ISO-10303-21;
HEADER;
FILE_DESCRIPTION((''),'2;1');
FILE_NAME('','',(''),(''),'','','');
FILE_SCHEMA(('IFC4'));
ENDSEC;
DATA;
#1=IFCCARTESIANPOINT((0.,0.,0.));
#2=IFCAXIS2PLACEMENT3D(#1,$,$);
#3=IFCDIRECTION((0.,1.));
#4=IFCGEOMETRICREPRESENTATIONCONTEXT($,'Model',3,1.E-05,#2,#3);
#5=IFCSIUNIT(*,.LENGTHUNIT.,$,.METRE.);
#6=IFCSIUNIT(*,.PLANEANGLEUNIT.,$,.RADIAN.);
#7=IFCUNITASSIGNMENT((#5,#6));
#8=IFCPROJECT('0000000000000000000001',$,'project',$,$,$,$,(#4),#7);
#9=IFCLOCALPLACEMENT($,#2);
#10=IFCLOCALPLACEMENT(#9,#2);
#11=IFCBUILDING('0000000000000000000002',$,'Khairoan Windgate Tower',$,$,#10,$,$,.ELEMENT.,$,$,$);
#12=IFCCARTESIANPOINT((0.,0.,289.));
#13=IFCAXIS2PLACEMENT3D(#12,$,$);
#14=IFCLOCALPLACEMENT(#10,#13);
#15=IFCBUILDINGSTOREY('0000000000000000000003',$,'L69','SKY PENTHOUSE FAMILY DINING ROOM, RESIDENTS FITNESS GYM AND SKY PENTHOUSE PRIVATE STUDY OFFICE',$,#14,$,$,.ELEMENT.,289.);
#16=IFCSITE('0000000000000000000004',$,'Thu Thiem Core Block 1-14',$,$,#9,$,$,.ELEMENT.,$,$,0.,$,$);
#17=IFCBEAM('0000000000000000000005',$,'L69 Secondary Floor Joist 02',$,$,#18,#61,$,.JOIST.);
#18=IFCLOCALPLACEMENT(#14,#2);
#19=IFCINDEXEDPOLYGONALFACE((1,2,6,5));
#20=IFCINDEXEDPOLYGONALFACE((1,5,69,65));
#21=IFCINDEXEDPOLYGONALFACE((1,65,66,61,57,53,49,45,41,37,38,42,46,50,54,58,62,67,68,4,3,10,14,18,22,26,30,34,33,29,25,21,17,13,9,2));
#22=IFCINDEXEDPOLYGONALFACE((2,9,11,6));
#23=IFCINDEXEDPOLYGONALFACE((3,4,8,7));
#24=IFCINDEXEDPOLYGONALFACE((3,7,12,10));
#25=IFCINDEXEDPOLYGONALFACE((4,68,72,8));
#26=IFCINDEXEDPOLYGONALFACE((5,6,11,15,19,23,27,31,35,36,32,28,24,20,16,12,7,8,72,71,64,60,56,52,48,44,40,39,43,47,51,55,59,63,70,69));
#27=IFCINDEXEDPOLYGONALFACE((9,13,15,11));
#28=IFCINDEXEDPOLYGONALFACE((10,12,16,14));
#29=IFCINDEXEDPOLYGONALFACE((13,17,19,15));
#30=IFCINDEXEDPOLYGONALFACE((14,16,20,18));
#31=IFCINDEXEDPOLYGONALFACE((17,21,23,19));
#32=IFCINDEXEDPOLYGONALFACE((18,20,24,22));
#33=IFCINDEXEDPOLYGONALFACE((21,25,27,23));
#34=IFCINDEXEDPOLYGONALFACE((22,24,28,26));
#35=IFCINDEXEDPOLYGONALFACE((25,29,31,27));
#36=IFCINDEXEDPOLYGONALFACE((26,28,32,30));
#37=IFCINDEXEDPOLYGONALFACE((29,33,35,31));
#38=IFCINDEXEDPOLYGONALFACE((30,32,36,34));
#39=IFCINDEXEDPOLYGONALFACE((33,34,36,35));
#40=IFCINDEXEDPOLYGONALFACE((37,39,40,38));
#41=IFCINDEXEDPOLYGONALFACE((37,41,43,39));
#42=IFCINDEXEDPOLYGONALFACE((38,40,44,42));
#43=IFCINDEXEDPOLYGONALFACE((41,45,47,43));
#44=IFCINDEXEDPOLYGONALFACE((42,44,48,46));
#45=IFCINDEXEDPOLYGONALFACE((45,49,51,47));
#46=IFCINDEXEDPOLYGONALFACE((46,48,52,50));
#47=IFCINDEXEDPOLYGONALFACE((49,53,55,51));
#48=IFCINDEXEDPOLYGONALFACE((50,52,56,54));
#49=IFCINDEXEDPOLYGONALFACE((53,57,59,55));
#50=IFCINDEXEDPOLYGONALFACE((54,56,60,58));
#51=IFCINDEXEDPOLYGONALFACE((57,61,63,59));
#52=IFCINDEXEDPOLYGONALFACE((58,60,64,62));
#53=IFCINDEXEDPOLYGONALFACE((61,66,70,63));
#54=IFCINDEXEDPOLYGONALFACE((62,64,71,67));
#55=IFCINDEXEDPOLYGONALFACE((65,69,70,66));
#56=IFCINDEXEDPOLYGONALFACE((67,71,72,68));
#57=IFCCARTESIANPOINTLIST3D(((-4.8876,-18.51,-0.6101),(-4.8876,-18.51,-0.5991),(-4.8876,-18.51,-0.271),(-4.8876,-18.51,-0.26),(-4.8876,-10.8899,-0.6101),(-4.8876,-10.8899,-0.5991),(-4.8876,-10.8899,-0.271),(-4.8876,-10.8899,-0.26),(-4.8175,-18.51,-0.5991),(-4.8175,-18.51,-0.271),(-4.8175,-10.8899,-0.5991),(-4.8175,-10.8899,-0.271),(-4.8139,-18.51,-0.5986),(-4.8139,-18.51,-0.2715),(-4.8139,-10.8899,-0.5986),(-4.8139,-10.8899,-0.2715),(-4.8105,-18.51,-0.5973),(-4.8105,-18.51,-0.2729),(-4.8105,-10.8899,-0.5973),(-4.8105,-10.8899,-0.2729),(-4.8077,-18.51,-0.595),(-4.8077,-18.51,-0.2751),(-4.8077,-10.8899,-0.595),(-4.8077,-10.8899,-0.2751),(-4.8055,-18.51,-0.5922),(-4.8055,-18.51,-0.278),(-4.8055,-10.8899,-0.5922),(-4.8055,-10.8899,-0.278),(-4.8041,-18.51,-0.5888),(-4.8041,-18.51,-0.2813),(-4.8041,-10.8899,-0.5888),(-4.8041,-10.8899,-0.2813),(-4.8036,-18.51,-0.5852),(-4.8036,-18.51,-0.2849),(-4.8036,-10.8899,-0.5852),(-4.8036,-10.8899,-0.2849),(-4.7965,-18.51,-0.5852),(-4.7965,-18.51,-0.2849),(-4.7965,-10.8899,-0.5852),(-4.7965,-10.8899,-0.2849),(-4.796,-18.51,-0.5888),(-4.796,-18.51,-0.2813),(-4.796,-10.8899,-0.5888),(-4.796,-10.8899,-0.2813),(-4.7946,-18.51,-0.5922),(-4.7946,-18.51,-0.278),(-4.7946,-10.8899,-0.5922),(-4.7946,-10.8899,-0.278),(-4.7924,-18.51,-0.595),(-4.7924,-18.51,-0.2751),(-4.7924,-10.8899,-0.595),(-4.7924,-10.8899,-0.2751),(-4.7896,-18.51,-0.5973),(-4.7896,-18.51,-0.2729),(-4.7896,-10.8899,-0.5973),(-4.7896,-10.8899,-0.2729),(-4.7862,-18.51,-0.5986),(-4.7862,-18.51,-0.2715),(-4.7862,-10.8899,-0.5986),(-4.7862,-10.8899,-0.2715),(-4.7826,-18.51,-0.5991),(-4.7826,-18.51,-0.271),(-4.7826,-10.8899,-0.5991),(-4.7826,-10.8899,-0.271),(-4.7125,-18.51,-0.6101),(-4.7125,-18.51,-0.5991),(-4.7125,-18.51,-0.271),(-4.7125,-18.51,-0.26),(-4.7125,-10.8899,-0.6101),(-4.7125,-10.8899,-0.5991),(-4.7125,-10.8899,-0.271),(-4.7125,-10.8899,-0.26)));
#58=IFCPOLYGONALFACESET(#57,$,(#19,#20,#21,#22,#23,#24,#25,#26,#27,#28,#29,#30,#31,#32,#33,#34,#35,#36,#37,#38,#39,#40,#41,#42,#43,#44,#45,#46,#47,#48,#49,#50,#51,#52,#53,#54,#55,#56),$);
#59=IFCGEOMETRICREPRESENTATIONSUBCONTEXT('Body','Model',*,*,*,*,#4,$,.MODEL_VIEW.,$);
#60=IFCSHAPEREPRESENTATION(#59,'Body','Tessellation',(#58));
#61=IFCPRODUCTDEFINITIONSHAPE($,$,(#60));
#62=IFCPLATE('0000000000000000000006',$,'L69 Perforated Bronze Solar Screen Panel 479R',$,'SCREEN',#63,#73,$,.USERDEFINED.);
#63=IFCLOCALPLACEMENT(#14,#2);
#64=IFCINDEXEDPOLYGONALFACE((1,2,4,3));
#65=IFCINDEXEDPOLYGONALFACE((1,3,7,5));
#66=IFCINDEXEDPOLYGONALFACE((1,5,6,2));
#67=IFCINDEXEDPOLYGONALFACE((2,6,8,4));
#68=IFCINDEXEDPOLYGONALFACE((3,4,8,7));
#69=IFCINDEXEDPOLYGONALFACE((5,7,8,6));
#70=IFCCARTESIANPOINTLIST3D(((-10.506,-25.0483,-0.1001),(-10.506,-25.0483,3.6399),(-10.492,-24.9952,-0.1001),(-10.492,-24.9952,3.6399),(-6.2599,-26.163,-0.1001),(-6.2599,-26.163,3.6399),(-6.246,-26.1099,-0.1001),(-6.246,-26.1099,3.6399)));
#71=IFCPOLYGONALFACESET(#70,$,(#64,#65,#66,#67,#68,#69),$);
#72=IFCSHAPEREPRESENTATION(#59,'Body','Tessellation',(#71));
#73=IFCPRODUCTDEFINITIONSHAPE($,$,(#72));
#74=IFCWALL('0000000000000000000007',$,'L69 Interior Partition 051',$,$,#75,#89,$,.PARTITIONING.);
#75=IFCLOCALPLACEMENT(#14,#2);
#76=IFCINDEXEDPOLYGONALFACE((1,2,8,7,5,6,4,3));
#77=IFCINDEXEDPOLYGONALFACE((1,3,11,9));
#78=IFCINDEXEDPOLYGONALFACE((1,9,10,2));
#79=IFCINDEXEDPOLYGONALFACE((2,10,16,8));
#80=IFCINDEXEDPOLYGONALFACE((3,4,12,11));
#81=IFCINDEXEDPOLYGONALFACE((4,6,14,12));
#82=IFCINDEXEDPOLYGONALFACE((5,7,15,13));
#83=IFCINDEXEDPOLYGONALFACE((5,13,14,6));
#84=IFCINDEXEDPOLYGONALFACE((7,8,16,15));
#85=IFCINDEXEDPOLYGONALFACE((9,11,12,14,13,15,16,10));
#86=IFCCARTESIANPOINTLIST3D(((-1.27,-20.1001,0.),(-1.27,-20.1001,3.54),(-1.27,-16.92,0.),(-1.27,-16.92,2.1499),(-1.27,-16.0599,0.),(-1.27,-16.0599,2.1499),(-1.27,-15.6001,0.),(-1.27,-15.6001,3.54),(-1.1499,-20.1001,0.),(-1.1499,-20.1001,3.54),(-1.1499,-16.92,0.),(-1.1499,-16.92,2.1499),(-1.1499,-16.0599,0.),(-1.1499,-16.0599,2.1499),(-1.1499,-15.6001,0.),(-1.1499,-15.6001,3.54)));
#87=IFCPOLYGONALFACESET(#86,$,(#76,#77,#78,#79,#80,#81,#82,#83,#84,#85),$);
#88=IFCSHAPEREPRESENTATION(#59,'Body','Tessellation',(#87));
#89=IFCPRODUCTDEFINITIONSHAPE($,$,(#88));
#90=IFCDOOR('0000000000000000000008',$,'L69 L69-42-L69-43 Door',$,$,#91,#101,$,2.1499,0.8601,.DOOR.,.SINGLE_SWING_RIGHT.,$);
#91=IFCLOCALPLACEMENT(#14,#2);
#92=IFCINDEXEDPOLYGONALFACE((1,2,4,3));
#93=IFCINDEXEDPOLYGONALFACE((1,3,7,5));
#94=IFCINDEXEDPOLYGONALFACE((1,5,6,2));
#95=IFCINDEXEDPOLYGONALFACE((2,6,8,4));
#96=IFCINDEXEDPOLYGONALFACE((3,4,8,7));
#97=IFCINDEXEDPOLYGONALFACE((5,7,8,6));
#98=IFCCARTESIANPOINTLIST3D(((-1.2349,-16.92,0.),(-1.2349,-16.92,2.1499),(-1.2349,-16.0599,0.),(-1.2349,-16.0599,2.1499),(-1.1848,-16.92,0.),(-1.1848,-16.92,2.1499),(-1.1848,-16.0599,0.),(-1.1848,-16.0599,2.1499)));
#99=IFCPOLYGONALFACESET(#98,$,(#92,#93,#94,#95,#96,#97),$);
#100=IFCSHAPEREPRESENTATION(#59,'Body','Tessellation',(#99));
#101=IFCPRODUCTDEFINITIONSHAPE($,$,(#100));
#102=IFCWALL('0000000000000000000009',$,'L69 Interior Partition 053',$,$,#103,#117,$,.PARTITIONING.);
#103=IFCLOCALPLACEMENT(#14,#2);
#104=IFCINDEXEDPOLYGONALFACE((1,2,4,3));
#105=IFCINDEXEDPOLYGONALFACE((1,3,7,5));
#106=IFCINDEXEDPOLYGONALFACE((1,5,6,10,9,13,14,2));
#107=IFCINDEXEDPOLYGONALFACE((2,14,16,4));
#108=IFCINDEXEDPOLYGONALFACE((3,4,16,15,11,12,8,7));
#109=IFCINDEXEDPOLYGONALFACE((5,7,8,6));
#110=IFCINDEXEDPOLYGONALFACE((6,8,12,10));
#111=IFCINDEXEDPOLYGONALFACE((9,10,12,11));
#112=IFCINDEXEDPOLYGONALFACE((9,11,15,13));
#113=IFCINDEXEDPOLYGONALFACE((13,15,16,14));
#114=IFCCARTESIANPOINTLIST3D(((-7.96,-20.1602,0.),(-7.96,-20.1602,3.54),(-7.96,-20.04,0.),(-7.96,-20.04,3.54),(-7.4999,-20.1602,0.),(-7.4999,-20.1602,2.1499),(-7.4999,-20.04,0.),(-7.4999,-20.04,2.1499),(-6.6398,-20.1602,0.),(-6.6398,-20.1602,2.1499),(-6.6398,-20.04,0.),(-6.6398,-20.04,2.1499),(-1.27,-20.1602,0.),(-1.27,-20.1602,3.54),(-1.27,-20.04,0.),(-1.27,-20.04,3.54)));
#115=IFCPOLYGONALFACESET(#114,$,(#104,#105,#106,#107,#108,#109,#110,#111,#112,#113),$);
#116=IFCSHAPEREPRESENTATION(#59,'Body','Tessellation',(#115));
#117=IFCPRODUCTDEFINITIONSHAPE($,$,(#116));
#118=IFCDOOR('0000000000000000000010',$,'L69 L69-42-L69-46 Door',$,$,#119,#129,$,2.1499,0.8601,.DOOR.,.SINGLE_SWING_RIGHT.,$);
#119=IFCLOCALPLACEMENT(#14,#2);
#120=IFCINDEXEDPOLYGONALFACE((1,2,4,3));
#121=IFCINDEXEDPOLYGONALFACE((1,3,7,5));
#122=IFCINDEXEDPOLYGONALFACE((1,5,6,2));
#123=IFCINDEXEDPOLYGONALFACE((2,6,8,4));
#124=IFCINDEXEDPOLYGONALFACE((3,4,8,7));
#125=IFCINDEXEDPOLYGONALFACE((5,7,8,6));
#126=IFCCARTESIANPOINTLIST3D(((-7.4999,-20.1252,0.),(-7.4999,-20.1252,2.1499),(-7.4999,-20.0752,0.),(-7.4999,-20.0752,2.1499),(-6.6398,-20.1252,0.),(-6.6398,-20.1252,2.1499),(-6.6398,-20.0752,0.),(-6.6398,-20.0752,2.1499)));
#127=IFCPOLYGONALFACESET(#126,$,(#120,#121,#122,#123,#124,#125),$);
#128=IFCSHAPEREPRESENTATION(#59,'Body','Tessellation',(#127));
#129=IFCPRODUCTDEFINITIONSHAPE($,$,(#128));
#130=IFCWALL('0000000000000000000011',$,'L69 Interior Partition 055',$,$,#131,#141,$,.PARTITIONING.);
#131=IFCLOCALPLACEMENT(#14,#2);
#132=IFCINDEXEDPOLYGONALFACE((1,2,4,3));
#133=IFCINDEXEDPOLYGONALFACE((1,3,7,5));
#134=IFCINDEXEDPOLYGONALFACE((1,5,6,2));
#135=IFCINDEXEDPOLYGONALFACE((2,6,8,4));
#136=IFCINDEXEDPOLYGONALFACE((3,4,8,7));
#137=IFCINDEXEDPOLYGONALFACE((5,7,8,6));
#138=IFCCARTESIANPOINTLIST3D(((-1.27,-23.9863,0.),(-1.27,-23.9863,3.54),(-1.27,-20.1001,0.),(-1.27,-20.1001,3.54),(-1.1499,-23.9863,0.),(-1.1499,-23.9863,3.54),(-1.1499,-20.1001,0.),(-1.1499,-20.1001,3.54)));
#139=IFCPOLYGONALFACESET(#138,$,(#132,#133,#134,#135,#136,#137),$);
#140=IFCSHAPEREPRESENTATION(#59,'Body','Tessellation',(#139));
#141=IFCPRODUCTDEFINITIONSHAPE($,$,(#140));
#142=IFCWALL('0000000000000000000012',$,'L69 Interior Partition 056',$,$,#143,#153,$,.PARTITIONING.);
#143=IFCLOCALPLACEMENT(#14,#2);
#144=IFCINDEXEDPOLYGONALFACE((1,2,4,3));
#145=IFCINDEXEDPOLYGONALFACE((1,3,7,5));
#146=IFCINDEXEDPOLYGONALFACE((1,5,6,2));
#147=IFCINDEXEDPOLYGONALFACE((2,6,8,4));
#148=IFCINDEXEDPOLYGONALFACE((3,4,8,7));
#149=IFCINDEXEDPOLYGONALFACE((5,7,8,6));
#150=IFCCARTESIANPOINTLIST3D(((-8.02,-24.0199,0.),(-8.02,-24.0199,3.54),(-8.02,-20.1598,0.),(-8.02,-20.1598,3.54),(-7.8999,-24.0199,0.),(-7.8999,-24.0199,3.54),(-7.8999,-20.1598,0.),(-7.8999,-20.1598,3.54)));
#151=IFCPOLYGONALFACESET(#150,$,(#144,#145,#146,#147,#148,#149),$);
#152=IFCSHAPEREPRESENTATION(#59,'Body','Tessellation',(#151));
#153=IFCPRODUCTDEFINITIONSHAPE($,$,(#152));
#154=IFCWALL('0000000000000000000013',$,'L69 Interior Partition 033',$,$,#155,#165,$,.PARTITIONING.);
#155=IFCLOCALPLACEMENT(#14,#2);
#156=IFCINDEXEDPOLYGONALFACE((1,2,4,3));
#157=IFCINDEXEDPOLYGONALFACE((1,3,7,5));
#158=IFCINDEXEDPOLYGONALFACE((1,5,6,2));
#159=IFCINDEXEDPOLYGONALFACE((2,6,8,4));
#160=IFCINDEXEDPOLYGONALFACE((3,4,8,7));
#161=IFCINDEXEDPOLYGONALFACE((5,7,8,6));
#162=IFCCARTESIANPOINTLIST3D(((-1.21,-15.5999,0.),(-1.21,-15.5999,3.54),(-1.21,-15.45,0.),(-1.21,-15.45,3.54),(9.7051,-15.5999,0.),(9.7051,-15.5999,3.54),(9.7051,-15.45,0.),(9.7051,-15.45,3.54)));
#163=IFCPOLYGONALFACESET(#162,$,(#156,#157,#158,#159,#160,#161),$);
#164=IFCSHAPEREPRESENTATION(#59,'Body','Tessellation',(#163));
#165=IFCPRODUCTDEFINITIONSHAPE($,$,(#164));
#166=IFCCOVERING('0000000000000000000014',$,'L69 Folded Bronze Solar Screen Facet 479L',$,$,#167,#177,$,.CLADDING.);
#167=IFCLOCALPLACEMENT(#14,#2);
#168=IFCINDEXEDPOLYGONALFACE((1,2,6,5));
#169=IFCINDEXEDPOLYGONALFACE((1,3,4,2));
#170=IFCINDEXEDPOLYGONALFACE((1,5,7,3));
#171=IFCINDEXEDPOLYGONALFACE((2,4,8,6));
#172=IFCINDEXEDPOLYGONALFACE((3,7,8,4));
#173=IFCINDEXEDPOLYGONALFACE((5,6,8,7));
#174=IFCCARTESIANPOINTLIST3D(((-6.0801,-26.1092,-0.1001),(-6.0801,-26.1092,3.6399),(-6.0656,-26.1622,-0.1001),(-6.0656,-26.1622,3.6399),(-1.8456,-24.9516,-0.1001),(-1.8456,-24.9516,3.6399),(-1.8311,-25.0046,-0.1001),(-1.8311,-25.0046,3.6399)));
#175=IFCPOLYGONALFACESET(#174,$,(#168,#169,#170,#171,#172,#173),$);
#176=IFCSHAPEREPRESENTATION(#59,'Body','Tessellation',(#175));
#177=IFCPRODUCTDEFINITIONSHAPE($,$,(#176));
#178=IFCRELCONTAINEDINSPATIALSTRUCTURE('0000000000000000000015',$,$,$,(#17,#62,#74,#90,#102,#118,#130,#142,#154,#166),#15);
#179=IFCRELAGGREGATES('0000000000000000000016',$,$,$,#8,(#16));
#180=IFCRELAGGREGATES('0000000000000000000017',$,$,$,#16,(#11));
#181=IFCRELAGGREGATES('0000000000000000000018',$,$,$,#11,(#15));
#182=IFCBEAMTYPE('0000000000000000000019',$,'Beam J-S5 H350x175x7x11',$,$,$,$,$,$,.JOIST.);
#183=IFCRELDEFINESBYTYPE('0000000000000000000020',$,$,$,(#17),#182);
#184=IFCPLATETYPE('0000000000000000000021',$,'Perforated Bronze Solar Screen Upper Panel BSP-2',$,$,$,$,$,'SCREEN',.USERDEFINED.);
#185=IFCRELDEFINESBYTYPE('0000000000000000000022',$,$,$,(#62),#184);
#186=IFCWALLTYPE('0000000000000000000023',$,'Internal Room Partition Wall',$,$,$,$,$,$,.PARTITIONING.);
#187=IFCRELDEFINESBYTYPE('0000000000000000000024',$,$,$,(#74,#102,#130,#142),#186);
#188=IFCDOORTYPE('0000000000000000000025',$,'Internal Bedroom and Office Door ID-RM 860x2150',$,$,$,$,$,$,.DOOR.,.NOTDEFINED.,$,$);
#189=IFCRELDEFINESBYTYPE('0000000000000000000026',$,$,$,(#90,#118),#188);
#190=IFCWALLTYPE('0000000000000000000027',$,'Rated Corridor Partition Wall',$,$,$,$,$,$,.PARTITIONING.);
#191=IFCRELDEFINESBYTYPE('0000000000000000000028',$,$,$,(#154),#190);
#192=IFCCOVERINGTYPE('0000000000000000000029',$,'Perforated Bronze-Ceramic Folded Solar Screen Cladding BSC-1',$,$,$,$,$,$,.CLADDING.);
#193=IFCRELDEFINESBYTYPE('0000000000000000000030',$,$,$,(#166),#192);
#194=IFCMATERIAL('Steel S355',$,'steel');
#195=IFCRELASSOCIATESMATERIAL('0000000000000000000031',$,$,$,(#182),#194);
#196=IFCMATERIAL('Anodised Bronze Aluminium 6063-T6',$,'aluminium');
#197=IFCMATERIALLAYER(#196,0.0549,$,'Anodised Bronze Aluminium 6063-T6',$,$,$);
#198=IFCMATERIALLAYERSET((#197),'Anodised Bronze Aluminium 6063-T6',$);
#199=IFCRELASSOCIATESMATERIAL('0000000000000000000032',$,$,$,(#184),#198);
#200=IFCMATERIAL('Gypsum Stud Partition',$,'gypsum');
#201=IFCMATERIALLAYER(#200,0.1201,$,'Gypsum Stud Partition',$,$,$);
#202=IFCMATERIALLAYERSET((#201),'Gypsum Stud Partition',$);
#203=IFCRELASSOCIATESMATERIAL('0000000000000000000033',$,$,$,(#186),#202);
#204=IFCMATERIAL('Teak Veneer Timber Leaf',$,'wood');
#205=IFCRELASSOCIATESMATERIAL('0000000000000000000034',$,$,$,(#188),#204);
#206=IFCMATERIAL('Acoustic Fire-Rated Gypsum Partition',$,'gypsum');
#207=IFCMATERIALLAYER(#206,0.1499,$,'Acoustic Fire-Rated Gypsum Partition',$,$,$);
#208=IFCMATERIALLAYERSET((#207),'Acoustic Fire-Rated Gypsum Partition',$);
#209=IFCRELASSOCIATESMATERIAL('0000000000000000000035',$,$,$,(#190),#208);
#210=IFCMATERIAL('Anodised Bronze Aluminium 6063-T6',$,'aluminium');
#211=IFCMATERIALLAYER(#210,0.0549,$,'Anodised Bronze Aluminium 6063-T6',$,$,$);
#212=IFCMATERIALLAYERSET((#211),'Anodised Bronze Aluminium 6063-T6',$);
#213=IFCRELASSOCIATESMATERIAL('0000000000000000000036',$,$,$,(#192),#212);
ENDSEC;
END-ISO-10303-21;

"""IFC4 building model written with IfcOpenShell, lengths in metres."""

from ifc_helpers import new_model, si_unit, direction, frame, frame_2d, origin, origin_2d, place, context, subcontext, project, spatial, rectangle, i_section, extrude, material, layer, layer_set, material_profile, profile_set, type_object, element, fill, save


model = new_model("IFC4")

# Units and contexts
model_context = context("Model", 3, precision=1e-05, world=origin(), true_north=direction((0.0, 1.0)))
body_context = subcontext(model_context, "Body", "Model", "MODEL_VIEW")
ifc_project = project(units=[si_unit("LENGTHUNIT", "METRE"), si_unit("PLANEANGLEUNIT", "RADIAN")], contexts=[model_context])

# Site, building, storey
site_placement = place(None, origin())
site = spatial("IfcSite", under=ifc_project, at=site_placement, Name="Thu Thiem Core Block 1-14", CompositionType="ELEMENT", RefElevation=0.0)
building_placement = place(site_placement, origin())
building = spatial("IfcBuilding", under=site, at=building_placement, Name="Khairoan Windgate Tower", CompositionType="ELEMENT")
storey_placement = place(building_placement, frame((0.0, 0.0, 289.0)))
storey = spatial("IfcBuildingStorey", under=building, at=storey_placement, Name="L69", Description="SKY PENTHOUSE FAMILY DINING ROOM, RESIDENTS FITNESS GYM AND SKY PENTHOUSE PRIVATE STUDY OFFICE", CompositionType="ELEMENT", Elevation=289.0)

# Beam
ifc_material_1 = material(Name="Steel S355", Category="steel")
ifc_material_profile_1 = material_profile(ifc_material_1, i_section(OverallWidth=0.175, OverallDepth=0.3501, WebThickness=0.0071, FlangeThickness=0.011, FilletRadius=0.0139, at=origin_2d()))
ifc_profile_set_1 = profile_set([ifc_material_profile_1], Name="Steel S355")
beam_type_1 = type_object("IfcBeamType", Name="Beam J-S5 H350x175x7x11", PredefinedType="JOIST", material=ifc_profile_set_1)
beam_1_placement = place(storey_placement, frame((-4.8, -18.51, -0.4351), z_axis=(0.0, 1.0, 0.0), x_axis=(-1.0, 0.0, 0.0)))
element("IfcBeam", 1, at=beam_1_placement, inside=storey, type_object=beam_type_1, Name="L69 Secondary Floor Joist 02", PredefinedType="JOIST", context=body_context, shape_type="SweptSolid", body=[
    extrude(i_section(OverallWidth=0.175, OverallDepth=0.3501, WebThickness=0.0071, FlangeThickness=0.011, FilletRadius=0.0139, at=origin_2d()), origin(), (0.0, 0.0, 1.0), 7.6201),
])

# Plate
ifc_material_2 = material(Name="Anodised Bronze Aluminium 6063-T6", Category="aluminium")
ifc_layer_1 = layer(ifc_material_2, 0.0549, Name="Anodised Bronze Aluminium 6063-T6")
ifc_layer_set_1 = layer_set([ifc_layer_1], Name="Anodised Bronze Aluminium 6063-T6")
plate_type = type_object("IfcPlateType", Name="Perforated Bronze Solar Screen Upper Panel BSP-2", ElementType="SCREEN", PredefinedType="USERDEFINED", material=ifc_layer_set_1)
plate_placement = place(storey_placement, frame((-8.376, -25.5791, -0.1001), z_axis=(0.0, 0.0, 1.0), x_axis=(-0.967223, 0.253927, 0.0)))
element("IfcPlate", 2, at=plate_placement, inside=storey, type_object=plate_type, Name="L69 Perforated Bronze Solar Screen Panel 479R", ObjectType="SCREEN", PredefinedType="USERDEFINED", context=body_context, shape_type="SweptSolid", body=[
    extrude(rectangle(XDim=4.3899, YDim=0.0549, at=origin_2d()), origin(), (0.0, 0.0, 1.0), 3.74),
])

# Walls, openings, doors
ifc_material_3 = material(Name="Gypsum Stud Partition", Category="gypsum")
ifc_layer_2 = layer(ifc_material_3, 0.1201, Name="Gypsum Stud Partition")
ifc_layer_set_2 = layer_set([ifc_layer_2], Name="Gypsum Stud Partition")
wall_type_1 = type_object("IfcWallType", Name="Internal Room Partition Wall", PredefinedType="PARTITIONING", material=ifc_layer_set_2)
wall_1_placement = place(storey_placement, frame((-1.21, -20.1001, 0.0), z_axis=(0.0, 0.0, 1.0), x_axis=(0.0, 1.0, 0.0)))
wall_1 = element("IfcWall", 3, at=wall_1_placement, inside=storey, type_object=wall_type_1, Name="L69 Interior Partition 051", PredefinedType="PARTITIONING", context=body_context, shape_type="SweptSolid", body=[
    extrude(rectangle(XDim=4.5, YDim=0.1201, at=frame_2d((2.25, 0.0))), origin(), (0.0, 0.0, 1.0), 3.54),
])
opening_1_placement = place(wall_1_placement, frame((3.1799, 0.0, 0.0)))
opening_1 = element("IfcOpeningElement", 4, at=opening_1_placement, cuts=wall_1, PredefinedType="OPENING", context=body_context, shape_type="SweptSolid", body=[
    extrude(rectangle(XDim=0.8601, YDim=2.1499, at=frame_2d((0.4302, 1.075))), frame((0.0, 0.0701, 0.0), z_axis=(0.0, -1.0, 0.0), x_axis=(1.0, 0.0, 0.0)), (0.0, 0.0, 1.0), 0.1401),
])
ifc_material_4 = material(Name="Teak Veneer Timber Leaf", Category="wood")
door_type = type_object("IfcDoorType", Name="Internal Bedroom and Office Door ID-RM 860x2150", OperationType="NOTDEFINED", PredefinedType="DOOR", material=ifc_material_4)
door_1_placement = place(opening_1_placement, origin())
door_1 = element("IfcDoor", 5, at=door_1_placement, inside=storey, type_object=door_type, Name="L69 L69-42-L69-43 Door", OperationType="SINGLE_SWING_RIGHT", OverallHeight=2.1499, OverallWidth=0.8601, PredefinedType="DOOR", context=body_context, shape_type="SweptSolid", body=[
    extrude(rectangle(XDim=0.8601, YDim=2.1499, at=frame_2d((0.4302, 1.075))), frame((0.0, 0.0249, 0.0), z_axis=(0.0, -1.0, 0.0), x_axis=(1.0, 0.0, 0.0)), (0.0, 0.0, 1.0), 0.05),
])
fill(opening_1, door_1)
wall_2_placement = place(storey_placement, frame((-7.96, -20.1001, 0.0), z_axis=(0.0, 0.0, 1.0), x_axis=(1.0, 0.0, 0.0)))
wall_2 = element("IfcWall", 6, at=wall_2_placement, inside=storey, type_object=wall_type_1, Name="L69 Interior Partition 053", PredefinedType="PARTITIONING", context=body_context, shape_type="SweptSolid", body=[
    extrude(rectangle(XDim=6.6899, YDim=0.1201, at=frame_2d((3.345, 0.0))), origin(), (0.0, 0.0, 1.0), 3.54),
])
opening_2_placement = place(wall_2_placement, frame((0.46, 0.0, 0.0)))
opening_2 = element("IfcOpeningElement", 7, at=opening_2_placement, cuts=wall_2, PredefinedType="OPENING", context=body_context, shape_type="SweptSolid", body=[
    extrude(rectangle(XDim=0.8601, YDim=2.1499, at=frame_2d((0.4302, 1.075))), frame((0.0, 0.0701, 0.0), z_axis=(0.0, -1.0, 0.0), x_axis=(1.0, 0.0, 0.0)), (0.0, 0.0, 1.0), 0.1401),
])
door_2_placement = place(opening_2_placement, origin())
door_2 = element("IfcDoor", 8, at=door_2_placement, inside=storey, type_object=door_type, Name="L69 L69-42-L69-46 Door", OperationType="SINGLE_SWING_RIGHT", OverallHeight=2.1499, OverallWidth=0.8601, PredefinedType="DOOR", context=body_context, shape_type="SweptSolid", body=[
    extrude(rectangle(XDim=0.8601, YDim=2.1499, at=frame_2d((0.4302, 1.075))), frame((0.0, 0.0249, 0.0), z_axis=(0.0, -1.0, 0.0), x_axis=(1.0, 0.0, 0.0)), (0.0, 0.0, 1.0), 0.05),
])
fill(opening_2, door_2)

# Walls
wall_3_placement = place(storey_placement, frame((-1.21, -23.9863, 0.0), z_axis=(0.0, 0.0, 1.0), x_axis=(0.0, 1.0, 0.0)))
element("IfcWall", 9, at=wall_3_placement, inside=storey, type_object=wall_type_1, Name="L69 Interior Partition 055", PredefinedType="PARTITIONING", context=body_context, shape_type="SweptSolid", body=[
    extrude(rectangle(XDim=3.8862, YDim=0.1201, at=frame_2d((1.9431, 0.0))), origin(), (0.0, 0.0, 1.0), 3.54),
])
wall_4_placement = place(storey_placement, frame((-7.96, -24.02, 0.0), z_axis=(0.0, 0.0, 1.0), x_axis=(0.0, 1.0, 0.0)))
element("IfcWall", 10, at=wall_4_placement, inside=storey, type_object=wall_type_1, Name="L69 Interior Partition 056", PredefinedType="PARTITIONING", context=body_context, shape_type="SweptSolid", body=[
    extrude(rectangle(XDim=3.8601, YDim=0.1201, at=frame_2d((1.9302, 0.0))), origin(), (0.0, 0.0, 1.0), 3.54),
])
ifc_material_5 = material(Name="Acoustic Fire-Rated Gypsum Partition", Category="gypsum")
ifc_layer_3 = layer(ifc_material_5, 0.1499, Name="Acoustic Fire-Rated Gypsum Partition")
ifc_layer_set_3 = layer_set([ifc_layer_3], Name="Acoustic Fire-Rated Gypsum Partition")
wall_type_2 = type_object("IfcWallType", Name="Rated Corridor Partition Wall", PredefinedType="PARTITIONING", material=ifc_layer_set_3)
wall_5_placement = place(storey_placement, frame((-1.21, -15.5249, 0.0), z_axis=(0.0, 0.0, 1.0), x_axis=(1.0, 0.0, 0.0)))
element("IfcWall", 11, at=wall_5_placement, inside=storey, type_object=wall_type_2, Name="L69 Interior Partition 033", PredefinedType="PARTITIONING", context=body_context, shape_type="SweptSolid", body=[
    extrude(rectangle(XDim=10.915, YDim=0.1499, at=frame_2d((5.4575, 0.0))), origin(), (0.0, 0.0, 1.0), 3.54),
])

# Covering
ifc_material_6 = material(Name="Anodised Bronze Aluminium 6063-T6", Category="aluminium")
ifc_layer_4 = layer(ifc_material_6, 0.0549, Name="Anodised Bronze Aluminium 6063-T6")
ifc_layer_set_4 = layer_set([ifc_layer_4], Name="Anodised Bronze Aluminium 6063-T6")
covering_type = type_object("IfcCoveringType", Name="Perforated Bronze-Ceramic Folded Solar Screen Cladding BSC-1", PredefinedType="CLADDING", material=ifc_layer_set_4)
covering_placement = place(storey_placement, frame((-3.9556, -25.5569, -0.1001), z_axis=(0.0, 0.0, 1.0), x_axis=(-0.964603, -0.263705, 0.0)))
element("IfcCovering", 12, at=covering_placement, inside=storey, type_object=covering_type, Name="L69 Folded Bronze Solar Screen Facet 479L", PredefinedType="CLADDING", context=body_context, shape_type="SweptSolid", body=[
    extrude(rectangle(XDim=4.3899, YDim=0.0549, at=origin_2d()), origin(), (0.0, 0.0, 1.0), 3.74),
])

save(model, "model.ifc")
